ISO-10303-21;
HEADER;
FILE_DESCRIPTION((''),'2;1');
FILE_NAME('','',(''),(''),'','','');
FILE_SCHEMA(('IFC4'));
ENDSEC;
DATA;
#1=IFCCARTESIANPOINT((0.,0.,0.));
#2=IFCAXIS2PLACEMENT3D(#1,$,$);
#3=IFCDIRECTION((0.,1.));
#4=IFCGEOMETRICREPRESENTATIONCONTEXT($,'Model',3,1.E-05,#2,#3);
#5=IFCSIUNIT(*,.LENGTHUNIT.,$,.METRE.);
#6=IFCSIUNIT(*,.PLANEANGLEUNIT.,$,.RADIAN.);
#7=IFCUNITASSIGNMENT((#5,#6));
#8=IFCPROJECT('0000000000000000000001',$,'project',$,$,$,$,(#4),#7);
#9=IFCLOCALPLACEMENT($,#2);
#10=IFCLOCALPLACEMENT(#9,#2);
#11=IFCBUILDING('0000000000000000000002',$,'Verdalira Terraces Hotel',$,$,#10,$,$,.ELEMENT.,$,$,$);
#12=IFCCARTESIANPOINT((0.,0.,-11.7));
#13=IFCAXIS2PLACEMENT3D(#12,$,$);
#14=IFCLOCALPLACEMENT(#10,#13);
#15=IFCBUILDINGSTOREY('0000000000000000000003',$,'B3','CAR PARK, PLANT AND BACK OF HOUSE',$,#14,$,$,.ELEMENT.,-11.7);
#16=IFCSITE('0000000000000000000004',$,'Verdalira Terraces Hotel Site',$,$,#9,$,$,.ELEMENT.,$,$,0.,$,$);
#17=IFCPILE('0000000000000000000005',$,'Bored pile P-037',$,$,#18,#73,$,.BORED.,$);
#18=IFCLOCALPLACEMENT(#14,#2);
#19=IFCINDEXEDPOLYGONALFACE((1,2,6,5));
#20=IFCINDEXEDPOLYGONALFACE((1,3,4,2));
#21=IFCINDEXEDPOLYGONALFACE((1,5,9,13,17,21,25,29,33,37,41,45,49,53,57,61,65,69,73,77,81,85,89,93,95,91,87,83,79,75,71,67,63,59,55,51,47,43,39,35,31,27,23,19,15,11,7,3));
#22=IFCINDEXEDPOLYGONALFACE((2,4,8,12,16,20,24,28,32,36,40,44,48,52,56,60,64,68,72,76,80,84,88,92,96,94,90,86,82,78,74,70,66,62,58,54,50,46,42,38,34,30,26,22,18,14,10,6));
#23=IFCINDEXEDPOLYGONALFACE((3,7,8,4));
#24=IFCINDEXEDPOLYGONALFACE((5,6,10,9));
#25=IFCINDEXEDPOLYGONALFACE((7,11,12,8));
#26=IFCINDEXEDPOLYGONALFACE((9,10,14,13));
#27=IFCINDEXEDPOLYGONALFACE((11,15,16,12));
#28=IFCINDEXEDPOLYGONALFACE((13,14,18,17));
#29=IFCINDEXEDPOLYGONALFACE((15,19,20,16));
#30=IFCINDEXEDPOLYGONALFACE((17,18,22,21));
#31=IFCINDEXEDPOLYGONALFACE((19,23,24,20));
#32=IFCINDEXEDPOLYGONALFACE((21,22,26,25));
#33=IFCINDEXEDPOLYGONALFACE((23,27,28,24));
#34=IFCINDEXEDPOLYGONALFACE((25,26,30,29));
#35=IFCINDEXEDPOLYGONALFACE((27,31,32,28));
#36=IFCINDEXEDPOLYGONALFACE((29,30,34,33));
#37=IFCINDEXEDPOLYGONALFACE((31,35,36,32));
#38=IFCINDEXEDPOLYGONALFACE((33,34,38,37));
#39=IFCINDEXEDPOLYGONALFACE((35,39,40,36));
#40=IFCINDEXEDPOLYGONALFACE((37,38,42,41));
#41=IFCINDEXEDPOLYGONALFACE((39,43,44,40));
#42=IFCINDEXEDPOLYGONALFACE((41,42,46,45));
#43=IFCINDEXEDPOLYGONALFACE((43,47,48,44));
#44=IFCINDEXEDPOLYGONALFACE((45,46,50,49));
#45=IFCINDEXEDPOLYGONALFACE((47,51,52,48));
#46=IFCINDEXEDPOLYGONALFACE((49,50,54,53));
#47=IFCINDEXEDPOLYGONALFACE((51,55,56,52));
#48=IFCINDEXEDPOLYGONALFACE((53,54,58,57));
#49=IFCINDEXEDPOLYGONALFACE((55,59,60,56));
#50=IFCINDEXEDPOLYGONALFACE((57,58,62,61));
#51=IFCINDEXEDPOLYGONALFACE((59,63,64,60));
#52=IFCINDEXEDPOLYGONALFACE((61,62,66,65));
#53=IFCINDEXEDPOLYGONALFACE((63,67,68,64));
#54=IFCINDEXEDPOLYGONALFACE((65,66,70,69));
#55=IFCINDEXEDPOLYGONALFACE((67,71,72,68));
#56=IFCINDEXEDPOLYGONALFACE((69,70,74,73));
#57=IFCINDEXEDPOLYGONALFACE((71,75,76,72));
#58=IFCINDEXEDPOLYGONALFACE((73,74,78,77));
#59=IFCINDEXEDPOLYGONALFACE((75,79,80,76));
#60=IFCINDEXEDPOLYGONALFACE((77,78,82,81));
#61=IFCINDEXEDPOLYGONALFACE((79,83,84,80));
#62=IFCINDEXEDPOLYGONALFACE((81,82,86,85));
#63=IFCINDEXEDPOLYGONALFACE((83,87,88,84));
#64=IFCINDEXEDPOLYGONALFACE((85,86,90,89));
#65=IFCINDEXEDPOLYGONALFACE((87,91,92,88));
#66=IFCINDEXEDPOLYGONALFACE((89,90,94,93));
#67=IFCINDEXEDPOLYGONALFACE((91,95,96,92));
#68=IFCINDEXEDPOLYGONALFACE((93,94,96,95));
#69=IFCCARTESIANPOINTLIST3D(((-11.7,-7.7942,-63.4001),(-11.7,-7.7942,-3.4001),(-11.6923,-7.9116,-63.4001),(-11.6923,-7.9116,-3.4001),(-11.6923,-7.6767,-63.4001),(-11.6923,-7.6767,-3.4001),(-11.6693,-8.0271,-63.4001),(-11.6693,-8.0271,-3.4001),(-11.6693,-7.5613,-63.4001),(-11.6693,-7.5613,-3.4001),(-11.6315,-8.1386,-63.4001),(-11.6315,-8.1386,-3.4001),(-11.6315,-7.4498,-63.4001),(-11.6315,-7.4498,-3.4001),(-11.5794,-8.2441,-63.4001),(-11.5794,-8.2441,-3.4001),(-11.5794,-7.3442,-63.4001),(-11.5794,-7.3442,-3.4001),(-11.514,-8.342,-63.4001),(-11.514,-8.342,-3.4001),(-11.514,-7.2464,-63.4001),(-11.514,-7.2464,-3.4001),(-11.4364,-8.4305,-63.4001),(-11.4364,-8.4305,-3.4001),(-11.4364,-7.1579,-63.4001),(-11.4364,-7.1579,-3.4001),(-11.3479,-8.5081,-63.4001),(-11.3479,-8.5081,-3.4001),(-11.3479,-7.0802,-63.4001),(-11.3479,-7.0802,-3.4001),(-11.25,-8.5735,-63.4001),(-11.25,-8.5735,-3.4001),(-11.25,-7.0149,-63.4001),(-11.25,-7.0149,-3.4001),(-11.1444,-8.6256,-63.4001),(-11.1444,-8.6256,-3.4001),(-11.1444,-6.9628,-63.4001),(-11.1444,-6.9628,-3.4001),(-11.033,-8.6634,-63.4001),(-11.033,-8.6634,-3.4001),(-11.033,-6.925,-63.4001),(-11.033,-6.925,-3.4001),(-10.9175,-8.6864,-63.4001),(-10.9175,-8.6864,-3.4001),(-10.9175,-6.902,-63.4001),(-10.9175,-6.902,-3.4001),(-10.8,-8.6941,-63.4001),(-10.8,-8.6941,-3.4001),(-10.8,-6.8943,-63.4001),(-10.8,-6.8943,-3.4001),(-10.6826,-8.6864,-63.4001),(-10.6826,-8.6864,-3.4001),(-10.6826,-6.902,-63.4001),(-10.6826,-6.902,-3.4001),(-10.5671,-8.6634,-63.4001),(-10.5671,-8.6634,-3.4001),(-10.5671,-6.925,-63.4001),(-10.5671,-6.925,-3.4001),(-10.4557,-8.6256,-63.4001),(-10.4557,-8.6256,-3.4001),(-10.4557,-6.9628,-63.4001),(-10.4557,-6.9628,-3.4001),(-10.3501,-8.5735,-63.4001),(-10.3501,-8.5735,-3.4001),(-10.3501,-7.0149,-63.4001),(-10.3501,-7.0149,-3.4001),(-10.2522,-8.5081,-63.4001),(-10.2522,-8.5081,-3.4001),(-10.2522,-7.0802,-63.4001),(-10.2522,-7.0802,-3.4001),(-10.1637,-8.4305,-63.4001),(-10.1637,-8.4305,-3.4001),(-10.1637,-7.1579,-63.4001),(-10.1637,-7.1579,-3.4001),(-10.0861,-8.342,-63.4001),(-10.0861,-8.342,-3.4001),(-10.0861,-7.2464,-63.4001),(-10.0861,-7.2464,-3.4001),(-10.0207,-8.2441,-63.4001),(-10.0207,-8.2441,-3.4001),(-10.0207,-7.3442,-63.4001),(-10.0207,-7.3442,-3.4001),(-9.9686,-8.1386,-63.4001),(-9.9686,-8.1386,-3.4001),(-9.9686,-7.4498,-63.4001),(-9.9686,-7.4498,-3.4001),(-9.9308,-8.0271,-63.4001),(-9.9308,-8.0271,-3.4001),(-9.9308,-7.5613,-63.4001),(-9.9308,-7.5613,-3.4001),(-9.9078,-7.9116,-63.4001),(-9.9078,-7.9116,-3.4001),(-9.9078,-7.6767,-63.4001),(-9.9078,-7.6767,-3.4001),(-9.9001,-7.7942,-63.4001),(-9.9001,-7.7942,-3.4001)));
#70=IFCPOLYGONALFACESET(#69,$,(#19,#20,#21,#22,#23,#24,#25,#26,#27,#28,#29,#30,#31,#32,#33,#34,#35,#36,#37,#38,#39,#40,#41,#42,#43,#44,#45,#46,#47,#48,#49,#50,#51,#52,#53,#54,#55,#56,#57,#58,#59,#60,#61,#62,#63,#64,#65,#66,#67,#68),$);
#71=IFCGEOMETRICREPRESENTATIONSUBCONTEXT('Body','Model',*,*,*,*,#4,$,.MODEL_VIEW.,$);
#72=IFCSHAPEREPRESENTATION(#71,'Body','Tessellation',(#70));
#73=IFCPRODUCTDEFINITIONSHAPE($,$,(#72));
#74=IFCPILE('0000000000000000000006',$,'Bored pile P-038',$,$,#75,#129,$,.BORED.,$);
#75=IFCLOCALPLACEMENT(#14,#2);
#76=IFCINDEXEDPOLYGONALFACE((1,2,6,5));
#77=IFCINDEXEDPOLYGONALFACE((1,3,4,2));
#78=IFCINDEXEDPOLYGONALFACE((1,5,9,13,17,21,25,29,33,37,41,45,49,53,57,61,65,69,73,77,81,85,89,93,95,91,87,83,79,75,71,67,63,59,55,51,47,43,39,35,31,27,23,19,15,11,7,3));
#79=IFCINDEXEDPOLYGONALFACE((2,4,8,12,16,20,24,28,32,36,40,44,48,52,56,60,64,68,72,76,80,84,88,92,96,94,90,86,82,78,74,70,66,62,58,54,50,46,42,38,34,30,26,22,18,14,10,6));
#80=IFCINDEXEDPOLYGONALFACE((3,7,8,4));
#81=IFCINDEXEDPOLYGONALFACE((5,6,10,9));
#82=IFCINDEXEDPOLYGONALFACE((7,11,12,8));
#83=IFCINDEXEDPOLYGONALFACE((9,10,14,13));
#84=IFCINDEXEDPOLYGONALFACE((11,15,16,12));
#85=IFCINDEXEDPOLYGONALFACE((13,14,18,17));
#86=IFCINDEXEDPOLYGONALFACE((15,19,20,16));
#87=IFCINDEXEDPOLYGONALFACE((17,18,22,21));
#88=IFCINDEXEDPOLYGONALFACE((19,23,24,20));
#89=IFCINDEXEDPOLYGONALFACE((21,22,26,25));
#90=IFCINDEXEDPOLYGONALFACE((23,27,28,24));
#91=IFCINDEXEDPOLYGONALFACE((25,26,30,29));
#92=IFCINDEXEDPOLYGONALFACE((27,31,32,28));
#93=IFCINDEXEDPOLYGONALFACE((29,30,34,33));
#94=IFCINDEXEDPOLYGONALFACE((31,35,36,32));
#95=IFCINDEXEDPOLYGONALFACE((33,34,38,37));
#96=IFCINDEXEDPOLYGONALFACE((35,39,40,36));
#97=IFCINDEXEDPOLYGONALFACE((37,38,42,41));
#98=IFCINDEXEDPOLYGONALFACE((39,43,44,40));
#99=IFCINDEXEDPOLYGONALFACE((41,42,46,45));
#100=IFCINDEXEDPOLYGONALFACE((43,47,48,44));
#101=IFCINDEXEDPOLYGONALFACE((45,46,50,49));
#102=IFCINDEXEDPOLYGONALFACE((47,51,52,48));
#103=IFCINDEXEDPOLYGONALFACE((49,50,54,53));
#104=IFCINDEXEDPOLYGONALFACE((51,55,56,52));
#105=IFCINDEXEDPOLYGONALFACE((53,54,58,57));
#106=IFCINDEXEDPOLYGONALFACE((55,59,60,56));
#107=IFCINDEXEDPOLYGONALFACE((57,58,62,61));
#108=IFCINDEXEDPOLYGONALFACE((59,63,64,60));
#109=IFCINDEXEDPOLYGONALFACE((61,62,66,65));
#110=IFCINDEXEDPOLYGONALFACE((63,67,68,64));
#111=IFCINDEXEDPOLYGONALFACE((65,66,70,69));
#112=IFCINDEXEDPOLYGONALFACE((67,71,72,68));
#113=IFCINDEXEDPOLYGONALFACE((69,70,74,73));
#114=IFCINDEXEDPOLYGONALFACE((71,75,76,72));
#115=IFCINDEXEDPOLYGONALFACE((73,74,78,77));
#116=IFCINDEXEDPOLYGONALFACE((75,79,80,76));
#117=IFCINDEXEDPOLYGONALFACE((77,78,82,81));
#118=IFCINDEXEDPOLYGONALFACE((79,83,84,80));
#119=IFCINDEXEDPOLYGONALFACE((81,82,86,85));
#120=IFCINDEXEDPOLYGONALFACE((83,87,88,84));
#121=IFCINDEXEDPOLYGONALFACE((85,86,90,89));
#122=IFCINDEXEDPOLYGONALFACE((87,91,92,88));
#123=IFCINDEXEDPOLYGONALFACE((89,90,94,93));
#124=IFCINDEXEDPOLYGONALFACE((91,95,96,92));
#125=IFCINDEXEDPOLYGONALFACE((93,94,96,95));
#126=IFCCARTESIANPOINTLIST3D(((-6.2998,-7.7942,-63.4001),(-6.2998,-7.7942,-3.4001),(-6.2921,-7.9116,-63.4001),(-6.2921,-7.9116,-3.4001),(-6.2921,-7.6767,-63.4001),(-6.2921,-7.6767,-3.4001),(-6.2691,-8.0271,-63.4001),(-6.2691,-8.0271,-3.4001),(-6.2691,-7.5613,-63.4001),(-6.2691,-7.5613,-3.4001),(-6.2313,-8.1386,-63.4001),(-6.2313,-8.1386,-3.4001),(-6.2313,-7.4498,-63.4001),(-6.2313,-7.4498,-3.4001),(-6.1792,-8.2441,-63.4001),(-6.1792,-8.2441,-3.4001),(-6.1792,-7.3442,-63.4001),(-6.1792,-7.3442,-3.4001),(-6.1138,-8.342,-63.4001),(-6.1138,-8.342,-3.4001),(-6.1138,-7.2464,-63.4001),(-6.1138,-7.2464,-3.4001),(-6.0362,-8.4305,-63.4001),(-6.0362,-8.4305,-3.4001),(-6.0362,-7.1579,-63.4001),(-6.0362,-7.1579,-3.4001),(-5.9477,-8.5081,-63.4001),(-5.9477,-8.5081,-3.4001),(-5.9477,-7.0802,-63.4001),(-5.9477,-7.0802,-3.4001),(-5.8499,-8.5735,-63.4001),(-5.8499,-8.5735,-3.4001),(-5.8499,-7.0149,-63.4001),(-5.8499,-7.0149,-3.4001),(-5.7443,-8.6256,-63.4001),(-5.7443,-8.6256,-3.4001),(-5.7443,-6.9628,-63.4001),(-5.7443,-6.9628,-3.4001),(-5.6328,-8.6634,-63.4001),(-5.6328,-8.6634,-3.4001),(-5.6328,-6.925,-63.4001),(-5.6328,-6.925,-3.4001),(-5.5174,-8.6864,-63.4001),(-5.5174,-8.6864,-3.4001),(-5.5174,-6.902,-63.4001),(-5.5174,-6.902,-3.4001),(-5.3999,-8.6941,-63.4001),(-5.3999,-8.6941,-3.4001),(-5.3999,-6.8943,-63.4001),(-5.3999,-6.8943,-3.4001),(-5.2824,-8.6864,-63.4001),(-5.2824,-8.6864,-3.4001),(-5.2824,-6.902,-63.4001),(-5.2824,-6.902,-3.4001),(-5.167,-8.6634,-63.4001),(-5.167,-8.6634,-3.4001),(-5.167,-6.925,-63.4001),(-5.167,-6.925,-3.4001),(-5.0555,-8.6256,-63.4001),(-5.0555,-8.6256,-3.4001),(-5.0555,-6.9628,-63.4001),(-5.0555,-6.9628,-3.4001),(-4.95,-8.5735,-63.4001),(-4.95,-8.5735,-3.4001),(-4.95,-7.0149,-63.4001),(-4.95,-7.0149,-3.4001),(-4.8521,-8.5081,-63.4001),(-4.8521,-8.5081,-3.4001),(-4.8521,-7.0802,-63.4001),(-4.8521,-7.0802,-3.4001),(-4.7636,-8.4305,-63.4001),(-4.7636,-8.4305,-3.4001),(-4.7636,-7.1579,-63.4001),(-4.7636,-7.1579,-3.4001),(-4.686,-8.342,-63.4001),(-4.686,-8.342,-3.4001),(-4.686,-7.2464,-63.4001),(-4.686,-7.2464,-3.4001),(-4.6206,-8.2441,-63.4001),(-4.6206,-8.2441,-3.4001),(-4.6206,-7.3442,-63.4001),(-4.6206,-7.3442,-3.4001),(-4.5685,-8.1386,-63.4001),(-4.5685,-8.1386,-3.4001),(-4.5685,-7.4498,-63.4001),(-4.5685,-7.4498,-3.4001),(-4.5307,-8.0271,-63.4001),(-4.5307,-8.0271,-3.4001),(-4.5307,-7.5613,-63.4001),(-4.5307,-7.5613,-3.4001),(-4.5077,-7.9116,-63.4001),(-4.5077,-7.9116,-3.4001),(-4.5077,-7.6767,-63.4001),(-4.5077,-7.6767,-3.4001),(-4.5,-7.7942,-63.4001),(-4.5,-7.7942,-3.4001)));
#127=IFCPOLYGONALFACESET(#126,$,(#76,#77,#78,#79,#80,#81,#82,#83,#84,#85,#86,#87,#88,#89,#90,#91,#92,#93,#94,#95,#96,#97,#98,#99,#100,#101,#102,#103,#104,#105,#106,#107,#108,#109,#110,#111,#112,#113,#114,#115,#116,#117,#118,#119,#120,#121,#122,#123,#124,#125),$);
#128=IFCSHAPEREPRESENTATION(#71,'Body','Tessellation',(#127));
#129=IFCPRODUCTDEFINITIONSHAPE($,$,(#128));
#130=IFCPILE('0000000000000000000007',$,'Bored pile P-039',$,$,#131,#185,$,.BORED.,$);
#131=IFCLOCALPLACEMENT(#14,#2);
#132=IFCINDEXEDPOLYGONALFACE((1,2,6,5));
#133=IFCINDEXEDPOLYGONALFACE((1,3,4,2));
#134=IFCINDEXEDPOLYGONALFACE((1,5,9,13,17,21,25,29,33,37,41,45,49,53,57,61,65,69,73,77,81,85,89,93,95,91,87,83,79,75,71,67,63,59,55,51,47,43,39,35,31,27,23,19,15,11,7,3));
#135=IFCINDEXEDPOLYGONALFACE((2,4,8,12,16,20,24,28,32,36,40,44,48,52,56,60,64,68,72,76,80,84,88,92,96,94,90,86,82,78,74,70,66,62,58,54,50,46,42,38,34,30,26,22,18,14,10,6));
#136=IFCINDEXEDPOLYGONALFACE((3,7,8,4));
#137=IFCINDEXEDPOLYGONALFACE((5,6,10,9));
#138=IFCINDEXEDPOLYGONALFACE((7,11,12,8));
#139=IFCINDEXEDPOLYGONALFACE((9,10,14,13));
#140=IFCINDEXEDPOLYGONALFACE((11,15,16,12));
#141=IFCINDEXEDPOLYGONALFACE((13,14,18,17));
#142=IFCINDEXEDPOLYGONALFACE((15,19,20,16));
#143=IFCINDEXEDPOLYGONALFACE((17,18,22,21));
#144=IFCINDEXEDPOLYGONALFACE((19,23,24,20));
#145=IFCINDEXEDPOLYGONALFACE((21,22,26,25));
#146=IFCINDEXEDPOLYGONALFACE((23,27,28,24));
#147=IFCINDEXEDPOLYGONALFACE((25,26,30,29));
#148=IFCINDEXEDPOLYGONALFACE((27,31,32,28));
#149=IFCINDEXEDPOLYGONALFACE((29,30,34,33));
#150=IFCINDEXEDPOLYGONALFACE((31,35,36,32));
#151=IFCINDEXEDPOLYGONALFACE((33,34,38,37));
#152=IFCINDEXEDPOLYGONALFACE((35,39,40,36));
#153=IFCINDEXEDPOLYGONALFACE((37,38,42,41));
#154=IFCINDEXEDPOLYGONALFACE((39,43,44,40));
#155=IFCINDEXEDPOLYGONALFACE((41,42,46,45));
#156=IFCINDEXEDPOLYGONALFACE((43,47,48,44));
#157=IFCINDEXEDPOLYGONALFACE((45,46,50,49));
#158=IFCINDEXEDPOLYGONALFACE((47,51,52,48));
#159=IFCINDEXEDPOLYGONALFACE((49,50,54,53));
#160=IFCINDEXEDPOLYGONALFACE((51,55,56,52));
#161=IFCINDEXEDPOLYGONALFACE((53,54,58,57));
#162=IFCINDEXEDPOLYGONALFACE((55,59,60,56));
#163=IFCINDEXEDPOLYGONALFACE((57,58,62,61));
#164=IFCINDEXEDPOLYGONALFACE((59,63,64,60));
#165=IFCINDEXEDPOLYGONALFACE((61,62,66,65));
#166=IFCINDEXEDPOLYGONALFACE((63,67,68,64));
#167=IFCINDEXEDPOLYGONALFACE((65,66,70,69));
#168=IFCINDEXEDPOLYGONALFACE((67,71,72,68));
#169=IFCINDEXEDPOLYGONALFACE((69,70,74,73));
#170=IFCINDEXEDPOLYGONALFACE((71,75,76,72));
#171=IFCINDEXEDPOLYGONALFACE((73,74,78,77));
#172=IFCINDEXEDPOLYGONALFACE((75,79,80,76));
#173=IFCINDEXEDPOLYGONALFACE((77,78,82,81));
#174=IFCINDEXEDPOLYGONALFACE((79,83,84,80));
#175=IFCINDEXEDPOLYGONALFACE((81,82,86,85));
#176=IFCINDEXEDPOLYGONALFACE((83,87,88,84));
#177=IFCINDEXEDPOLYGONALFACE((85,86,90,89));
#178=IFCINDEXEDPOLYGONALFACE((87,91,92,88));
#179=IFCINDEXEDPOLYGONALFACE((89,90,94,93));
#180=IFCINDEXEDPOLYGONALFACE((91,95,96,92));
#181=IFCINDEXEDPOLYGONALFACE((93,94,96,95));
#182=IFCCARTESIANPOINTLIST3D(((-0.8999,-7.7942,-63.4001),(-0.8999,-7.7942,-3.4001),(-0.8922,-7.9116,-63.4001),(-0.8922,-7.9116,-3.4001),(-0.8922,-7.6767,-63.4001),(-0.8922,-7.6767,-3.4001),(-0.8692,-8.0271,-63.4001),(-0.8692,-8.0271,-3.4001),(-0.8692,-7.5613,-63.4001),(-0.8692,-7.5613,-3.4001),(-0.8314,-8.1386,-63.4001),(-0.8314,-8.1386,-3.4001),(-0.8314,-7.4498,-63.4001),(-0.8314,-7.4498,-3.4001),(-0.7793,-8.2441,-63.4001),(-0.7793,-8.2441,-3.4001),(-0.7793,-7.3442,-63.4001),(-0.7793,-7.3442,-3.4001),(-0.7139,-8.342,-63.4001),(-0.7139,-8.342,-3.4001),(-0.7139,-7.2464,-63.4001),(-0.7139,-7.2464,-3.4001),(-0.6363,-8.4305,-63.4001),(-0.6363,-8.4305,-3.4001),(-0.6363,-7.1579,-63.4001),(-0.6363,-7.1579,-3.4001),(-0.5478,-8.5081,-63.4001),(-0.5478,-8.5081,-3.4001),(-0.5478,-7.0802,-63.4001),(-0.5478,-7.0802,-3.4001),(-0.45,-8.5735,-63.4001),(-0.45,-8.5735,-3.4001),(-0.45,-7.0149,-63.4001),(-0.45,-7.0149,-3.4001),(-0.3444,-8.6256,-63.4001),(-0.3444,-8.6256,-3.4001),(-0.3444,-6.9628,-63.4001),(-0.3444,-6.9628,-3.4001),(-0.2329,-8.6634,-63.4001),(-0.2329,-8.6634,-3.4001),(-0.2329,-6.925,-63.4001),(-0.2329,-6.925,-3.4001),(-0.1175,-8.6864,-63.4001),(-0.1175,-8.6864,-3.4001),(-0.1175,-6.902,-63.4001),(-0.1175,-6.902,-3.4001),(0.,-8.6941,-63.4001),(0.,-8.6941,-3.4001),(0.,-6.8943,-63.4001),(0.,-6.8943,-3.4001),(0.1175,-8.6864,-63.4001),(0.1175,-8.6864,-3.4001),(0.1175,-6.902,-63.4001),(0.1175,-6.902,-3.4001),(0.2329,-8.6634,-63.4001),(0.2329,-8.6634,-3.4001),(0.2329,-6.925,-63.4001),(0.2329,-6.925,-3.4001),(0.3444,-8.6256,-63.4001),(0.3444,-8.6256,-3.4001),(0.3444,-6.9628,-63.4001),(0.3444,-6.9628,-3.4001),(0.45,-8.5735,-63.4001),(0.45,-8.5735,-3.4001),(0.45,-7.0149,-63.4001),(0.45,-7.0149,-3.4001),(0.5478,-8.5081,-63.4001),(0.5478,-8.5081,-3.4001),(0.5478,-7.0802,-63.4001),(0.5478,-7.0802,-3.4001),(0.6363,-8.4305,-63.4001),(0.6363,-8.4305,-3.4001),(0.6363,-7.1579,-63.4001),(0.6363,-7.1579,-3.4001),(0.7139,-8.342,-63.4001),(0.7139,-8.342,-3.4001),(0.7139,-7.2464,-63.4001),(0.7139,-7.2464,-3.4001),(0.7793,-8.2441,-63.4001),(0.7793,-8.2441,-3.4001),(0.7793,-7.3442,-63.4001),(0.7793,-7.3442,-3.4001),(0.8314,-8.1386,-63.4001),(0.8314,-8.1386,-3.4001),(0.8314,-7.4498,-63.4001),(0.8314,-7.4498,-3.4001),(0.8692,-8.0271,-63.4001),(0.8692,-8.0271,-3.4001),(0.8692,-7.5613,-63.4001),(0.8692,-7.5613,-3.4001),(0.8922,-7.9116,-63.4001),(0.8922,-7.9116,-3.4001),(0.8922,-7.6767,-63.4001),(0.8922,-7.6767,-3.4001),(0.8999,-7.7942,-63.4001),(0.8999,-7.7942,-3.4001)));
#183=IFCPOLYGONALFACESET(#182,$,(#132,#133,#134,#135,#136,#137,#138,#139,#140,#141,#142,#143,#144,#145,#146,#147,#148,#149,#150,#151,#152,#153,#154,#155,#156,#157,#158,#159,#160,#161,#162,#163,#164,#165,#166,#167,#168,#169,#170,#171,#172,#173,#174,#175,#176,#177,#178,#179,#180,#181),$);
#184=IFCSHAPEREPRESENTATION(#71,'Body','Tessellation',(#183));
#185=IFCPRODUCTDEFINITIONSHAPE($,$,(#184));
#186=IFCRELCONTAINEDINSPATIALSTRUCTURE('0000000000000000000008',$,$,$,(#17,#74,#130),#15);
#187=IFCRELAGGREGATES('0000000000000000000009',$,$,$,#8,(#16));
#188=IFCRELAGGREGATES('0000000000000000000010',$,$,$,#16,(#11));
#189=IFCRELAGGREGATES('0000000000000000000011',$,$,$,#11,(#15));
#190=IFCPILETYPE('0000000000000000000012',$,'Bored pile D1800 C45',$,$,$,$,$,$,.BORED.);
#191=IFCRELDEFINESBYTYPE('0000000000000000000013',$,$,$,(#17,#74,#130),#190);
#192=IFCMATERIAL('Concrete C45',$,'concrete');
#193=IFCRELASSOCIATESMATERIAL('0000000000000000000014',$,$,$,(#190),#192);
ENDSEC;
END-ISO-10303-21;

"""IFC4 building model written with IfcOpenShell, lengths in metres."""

from ifc_helpers import new_model, si_unit, direction, frame, origin, origin_2d, place, context, subcontext, project, spatial, circle, extrude, material, material_profile, profile_set, type_object, element, save


model = new_model("IFC4")

# Units and contexts
model_context = context("Model", 3, precision=1e-05, world=origin(), true_north=direction((0.0, 1.0)))
body_context = subcontext(model_context, "Body", "Model", "MODEL_VIEW")
ifc_project = project(units=[si_unit("LENGTHUNIT", "METRE"), si_unit("PLANEANGLEUNIT", "RADIAN")], contexts=[model_context])

# Site, building, storey
site_placement = place(None, origin())
site = spatial("IfcSite", under=ifc_project, at=site_placement, Name="Verdalira Terraces Hotel Site", CompositionType="ELEMENT", RefElevation=0.0)
building_placement = place(site_placement, origin())
building = spatial("IfcBuilding", under=site, at=building_placement, Name="Verdalira Terraces Hotel", CompositionType="ELEMENT")
storey_placement = place(building_placement, frame((0.0, 0.0, -11.7)))
storey = spatial("IfcBuildingStorey", under=building, at=storey_placement, Name="B3", Description="CAR PARK, PLANT AND BACK OF HOUSE", CompositionType="ELEMENT", Elevation=-11.7)

# Piles
ifc_material_1 = material(Name="Concrete C45", Category="concrete")
ifc_material_profile_1 = material_profile(ifc_material_1, circle(Radius=0.8999, at=origin_2d()), Name="D1800")
ifc_profile_set_1 = profile_set([ifc_material_profile_1], Name="Concrete C45")
pile_type = type_object("IfcPileType", Name="Bored pile D1800 C45", PredefinedType="BORED", material=ifc_profile_set_1)
for number, where, z_axis, x_axis, name in (
    (1, (-10.8, -7.7942, -3.4001), (0.0, 0.0, -1.0), (1.0, 0.0, 0.0), "Bored pile P-037"),
    (2, (-5.3999, -7.7942, -3.4001), (0.0, 0.0, -1.0), (1.0, 0.0, 0.0), "Bored pile P-038"),
    (3, (0.0, -7.7942, -3.4001), (0.0, 0.0, -1.0), (1.0, 0.0, 0.0), "Bored pile P-039"),
):
    element("IfcPile", number, at=place(storey_placement, frame(where, z_axis=z_axis, x_axis=x_axis)), inside=storey, type_object=pile_type, Name=name, PredefinedType="BORED", context=body_context, shape_type="SweptSolid", body=[
        extrude(circle(Radius=0.8999, at=origin_2d()), origin(), (0.0, 0.0, 1.0), 60.0),
    ])

save(model, "model.ifc")
